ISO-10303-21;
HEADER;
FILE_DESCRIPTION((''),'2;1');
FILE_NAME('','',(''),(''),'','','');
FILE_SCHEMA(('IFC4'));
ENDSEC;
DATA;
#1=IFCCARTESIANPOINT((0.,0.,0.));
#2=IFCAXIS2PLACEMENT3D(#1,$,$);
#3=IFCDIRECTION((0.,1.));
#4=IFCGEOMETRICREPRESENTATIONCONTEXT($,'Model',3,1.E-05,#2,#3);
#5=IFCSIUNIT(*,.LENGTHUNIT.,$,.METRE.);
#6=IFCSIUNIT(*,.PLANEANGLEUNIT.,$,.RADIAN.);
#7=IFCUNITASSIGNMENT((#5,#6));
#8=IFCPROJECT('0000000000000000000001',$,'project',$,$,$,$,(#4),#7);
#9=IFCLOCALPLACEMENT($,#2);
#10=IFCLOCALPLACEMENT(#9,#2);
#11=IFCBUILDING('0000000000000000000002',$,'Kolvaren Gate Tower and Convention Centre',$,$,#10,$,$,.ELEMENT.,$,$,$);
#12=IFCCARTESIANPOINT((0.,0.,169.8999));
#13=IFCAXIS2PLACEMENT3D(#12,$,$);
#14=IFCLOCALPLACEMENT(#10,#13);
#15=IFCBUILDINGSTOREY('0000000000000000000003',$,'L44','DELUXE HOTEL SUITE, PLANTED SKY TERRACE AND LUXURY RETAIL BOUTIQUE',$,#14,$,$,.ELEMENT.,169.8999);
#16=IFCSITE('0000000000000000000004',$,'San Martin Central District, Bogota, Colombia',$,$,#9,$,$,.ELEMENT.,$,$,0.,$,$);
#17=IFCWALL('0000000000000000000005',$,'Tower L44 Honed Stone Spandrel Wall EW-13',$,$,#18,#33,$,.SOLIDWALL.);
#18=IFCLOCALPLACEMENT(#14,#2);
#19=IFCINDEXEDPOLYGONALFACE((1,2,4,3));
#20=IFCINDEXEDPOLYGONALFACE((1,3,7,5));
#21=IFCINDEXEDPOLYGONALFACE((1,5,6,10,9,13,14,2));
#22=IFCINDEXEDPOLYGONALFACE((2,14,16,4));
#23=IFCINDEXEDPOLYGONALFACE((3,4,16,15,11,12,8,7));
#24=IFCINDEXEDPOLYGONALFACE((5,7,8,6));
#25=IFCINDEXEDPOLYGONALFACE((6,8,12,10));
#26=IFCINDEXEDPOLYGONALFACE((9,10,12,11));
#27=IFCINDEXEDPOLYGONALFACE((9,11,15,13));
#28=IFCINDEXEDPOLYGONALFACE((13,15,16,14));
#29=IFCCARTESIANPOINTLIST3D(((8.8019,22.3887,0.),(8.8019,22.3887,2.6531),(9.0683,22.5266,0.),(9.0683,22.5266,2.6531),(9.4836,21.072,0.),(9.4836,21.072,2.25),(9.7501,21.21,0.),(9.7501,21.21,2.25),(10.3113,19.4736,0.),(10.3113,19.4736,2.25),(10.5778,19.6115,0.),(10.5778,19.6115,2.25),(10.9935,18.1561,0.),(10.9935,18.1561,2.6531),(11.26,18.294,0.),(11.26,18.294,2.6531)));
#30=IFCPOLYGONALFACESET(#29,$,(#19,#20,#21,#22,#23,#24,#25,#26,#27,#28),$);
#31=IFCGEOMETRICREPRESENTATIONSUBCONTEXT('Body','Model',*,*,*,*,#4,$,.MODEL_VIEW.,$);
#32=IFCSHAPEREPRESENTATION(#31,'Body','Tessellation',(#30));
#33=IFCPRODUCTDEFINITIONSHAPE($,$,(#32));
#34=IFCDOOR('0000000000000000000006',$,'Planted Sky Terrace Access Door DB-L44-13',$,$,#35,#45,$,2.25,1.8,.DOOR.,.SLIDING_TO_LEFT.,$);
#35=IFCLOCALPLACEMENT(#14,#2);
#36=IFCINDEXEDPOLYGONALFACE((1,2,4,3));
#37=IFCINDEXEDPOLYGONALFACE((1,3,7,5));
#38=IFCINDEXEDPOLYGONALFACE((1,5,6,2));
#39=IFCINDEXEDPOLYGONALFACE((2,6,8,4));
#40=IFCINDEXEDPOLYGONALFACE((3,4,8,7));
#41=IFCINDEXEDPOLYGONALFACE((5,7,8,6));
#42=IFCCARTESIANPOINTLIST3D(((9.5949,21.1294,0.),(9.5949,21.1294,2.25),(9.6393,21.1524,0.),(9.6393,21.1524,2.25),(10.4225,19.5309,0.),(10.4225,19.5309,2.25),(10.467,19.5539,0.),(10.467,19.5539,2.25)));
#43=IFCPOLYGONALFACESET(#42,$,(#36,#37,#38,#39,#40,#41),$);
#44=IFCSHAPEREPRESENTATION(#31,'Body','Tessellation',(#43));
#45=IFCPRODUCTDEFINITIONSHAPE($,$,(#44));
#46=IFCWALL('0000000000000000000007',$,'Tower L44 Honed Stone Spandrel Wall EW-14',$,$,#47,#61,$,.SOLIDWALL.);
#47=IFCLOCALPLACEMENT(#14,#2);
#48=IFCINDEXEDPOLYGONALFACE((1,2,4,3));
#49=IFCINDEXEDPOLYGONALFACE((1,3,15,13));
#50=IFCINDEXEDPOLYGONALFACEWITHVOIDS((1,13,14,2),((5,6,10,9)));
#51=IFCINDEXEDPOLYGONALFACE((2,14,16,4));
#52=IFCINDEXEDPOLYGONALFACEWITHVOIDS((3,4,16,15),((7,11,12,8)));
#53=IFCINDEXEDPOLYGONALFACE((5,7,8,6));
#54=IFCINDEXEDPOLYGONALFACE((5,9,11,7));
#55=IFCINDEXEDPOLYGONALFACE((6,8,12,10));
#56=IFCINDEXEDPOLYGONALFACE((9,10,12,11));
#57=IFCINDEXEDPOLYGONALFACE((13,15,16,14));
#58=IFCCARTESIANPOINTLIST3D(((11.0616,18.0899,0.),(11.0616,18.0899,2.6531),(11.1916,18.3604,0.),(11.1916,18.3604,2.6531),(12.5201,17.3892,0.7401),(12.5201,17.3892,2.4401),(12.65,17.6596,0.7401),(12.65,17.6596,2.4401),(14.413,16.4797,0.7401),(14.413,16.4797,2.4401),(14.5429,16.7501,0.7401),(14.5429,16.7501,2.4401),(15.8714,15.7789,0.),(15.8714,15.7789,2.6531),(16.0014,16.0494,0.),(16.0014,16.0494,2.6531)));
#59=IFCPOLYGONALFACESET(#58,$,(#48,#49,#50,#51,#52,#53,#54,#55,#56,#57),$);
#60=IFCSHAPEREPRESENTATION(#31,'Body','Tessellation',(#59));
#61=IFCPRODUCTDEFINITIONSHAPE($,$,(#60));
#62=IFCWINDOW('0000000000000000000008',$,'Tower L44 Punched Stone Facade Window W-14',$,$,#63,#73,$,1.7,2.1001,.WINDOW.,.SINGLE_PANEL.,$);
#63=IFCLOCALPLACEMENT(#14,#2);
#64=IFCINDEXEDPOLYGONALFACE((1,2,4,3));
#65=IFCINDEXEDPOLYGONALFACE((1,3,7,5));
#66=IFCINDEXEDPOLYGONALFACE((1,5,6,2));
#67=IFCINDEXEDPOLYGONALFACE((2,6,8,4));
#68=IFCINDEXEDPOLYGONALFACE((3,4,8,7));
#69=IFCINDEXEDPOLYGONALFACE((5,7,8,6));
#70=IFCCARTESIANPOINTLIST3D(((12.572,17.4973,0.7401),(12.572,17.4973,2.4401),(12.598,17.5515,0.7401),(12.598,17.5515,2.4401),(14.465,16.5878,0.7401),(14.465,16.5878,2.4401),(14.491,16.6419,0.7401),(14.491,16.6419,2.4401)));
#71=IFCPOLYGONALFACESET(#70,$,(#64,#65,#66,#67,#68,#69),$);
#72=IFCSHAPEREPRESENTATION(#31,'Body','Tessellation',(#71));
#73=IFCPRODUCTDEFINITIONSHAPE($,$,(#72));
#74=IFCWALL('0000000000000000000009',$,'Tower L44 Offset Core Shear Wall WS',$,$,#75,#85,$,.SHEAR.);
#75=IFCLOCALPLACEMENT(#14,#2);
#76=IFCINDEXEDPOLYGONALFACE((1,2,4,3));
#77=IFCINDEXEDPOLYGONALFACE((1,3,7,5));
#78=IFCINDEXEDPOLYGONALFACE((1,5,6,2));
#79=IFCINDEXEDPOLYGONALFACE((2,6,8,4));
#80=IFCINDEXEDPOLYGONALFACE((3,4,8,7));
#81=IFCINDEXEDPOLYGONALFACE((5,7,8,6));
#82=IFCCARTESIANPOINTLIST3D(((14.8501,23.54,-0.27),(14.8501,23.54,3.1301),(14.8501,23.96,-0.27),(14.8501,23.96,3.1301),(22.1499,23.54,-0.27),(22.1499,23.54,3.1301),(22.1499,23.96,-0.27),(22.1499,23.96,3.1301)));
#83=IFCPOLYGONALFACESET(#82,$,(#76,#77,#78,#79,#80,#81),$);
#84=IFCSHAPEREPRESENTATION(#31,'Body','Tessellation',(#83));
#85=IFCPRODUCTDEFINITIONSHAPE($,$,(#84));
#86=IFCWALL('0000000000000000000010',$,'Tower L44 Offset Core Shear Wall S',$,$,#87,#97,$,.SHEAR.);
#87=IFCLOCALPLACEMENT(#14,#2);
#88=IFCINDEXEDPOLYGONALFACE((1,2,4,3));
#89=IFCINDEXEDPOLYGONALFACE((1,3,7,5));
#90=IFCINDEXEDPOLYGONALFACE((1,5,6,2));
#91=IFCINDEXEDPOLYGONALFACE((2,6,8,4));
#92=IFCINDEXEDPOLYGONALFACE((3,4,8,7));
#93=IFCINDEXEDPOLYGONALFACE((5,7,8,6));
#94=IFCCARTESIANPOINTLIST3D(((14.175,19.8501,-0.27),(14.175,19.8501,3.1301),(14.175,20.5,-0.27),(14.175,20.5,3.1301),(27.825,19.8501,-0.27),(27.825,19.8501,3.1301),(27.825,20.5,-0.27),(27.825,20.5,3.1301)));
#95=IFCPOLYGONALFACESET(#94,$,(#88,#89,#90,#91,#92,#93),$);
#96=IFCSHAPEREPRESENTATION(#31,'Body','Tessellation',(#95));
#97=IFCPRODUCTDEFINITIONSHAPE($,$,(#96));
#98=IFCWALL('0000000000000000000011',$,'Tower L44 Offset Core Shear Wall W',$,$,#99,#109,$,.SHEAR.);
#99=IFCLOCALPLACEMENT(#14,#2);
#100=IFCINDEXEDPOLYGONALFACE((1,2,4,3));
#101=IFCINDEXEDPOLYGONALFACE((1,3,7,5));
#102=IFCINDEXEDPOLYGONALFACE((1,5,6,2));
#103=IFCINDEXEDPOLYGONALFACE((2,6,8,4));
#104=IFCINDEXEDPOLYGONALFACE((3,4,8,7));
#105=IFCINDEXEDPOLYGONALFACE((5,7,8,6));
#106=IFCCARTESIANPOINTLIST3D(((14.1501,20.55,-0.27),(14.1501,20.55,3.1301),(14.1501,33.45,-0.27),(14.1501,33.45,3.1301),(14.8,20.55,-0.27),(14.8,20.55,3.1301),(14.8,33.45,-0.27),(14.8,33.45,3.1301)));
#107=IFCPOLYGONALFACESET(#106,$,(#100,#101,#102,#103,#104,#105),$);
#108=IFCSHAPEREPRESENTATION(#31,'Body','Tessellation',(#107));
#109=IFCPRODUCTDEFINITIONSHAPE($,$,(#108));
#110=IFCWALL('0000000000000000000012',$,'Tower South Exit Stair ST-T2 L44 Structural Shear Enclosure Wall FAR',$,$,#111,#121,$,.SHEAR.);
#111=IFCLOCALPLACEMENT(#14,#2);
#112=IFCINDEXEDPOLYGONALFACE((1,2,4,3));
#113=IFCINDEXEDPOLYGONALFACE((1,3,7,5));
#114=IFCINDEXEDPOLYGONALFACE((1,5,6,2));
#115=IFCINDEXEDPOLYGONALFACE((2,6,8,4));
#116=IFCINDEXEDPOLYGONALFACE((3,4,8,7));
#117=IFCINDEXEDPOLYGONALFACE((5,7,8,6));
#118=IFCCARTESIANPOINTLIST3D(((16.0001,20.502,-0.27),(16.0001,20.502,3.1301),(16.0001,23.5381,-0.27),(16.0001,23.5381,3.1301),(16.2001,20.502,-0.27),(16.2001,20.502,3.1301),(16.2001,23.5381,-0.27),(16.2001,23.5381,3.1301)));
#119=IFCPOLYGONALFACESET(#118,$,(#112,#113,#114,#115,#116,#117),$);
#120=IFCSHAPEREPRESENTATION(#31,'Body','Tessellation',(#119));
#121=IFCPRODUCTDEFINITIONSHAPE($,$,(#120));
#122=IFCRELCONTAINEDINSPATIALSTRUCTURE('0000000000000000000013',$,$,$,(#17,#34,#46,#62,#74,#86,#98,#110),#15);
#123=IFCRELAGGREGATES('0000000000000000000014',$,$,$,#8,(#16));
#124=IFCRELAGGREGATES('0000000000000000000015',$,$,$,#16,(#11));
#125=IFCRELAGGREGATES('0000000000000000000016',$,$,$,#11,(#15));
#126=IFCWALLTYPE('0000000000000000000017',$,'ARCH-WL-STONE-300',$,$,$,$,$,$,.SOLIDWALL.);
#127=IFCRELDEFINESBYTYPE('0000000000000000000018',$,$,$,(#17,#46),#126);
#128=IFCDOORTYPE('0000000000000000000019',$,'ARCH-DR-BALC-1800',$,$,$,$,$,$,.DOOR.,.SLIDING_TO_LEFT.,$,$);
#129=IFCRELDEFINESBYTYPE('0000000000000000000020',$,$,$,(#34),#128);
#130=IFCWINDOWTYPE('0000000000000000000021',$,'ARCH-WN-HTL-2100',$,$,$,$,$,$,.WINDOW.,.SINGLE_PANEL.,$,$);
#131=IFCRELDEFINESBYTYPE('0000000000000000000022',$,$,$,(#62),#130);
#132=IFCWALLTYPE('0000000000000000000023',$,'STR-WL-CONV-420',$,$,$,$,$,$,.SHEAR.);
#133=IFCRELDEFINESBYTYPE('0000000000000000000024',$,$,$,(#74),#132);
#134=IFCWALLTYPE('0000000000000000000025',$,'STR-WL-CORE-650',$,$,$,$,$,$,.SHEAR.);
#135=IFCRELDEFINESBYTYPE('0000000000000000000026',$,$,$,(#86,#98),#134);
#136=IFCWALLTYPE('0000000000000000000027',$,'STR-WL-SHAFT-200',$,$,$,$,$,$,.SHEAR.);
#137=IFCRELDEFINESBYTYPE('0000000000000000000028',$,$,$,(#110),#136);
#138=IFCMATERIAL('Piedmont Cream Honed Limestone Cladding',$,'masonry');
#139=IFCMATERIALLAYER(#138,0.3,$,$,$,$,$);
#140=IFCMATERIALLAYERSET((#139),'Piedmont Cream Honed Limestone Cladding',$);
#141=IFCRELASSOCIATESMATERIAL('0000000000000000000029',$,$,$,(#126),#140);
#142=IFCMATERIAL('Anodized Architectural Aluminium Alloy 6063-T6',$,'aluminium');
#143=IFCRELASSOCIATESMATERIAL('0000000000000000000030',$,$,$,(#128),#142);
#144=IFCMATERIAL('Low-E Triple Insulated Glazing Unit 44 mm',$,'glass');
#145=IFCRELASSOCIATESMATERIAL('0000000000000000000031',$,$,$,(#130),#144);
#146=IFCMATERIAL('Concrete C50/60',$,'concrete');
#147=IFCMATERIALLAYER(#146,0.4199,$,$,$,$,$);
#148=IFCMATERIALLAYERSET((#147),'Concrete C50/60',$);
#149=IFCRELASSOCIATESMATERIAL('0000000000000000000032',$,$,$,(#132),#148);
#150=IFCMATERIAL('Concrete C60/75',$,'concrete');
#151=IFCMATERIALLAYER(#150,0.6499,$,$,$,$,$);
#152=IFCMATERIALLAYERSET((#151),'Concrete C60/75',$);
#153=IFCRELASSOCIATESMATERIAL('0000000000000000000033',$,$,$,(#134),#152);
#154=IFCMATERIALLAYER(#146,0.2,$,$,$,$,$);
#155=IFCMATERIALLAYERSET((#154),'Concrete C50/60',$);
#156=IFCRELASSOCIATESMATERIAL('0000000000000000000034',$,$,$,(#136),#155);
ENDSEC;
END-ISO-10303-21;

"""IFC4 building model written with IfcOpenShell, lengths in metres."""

from ifc_helpers import new_model, si_unit, direction, frame, frame_2d, origin, place, context, subcontext, project, spatial, rectangle, extrude, material, layer, layer_set, type_object, element, fill, save


model = new_model("IFC4")

# Units and contexts
model_context = context("Model", 3, precision=1e-05, world=origin(), true_north=direction((0.0, 1.0)))
body_context = subcontext(model_context, "Body", "Model", "MODEL_VIEW")
ifc_project = project(units=[si_unit("LENGTHUNIT", "METRE"), si_unit("PLANEANGLEUNIT", "RADIAN")], contexts=[model_context])

# Site, building, storey
site_placement = place(None, origin())
site = spatial("IfcSite", under=ifc_project, at=site_placement, Name="San Martin Central District, Bogota, Colombia", CompositionType="ELEMENT", RefElevation=0.0)
building_placement = place(site_placement, origin())
building = spatial("IfcBuilding", under=site, at=building_placement, Name="Kolvaren Gate Tower and Convention Centre", CompositionType="ELEMENT")
storey_placement = place(building_placement, frame((0.0, 0.0, 169.8999)))
storey = spatial("IfcBuildingStorey", under=building, at=storey_placement, Name="L44", Description="DELUXE HOTEL SUITE, PLANTED SKY TERRACE AND LUXURY RETAIL BOUTIQUE", CompositionType="ELEMENT", Elevation=169.8999)

# Shared definitions
ifc_material_1 = material(Name="Concrete C60/75", Category="concrete")

# Shared definitions
ifc_material_2 = material(Name="Anodized Architectural Aluminium Alloy 6063-T6", Category="aluminium")

# Shared definitions
ifc_material_3 = material(Name="Low-E Triple Insulated Glazing Unit 44 mm", Category="glass")

# Shared definitions
ifc_material_4 = material(Name="Piedmont Cream Honed Limestone Cladding", Category="masonry")

# Wall, opening, door
ifc_layer_1 = layer(ifc_material_4, 0.3)
ifc_layer_set_1 = layer_set([ifc_layer_1], Name="Piedmont Cream Honed Limestone Cladding")
wall_type_1 = type_object("IfcWallType", Name="ARCH-WL-STONE-300", PredefinedType="SOLIDWALL", material=ifc_layer_set_1)
wall_1_placement = place(storey_placement, frame((8.9351, 22.4578, 0.0), z_axis=(0.0, 0.0, 1.0), x_axis=(0.45981, -0.888017, 0.0)))
wall_1 = element("IfcWall", 1, at=wall_1_placement, inside=storey, type_object=wall_type_1, Name="Tower L44 Honed Stone Spandrel Wall EW-13", PredefinedType="SOLIDWALL", context=body_context, shape_type="SweptSolid", body=[
    extrude(rectangle(XDim=4.7664, YDim=0.3, at=frame_2d((2.3833, 0.0))), origin(), (0.0, 0.0, 1.0), 2.6531),
])
opening_1_placement = place(wall_1_placement, frame((1.4829, 0.0, 0.0)))
opening_1 = element("IfcOpeningElement", 2, at=opening_1_placement, cuts=wall_1, PredefinedType="OPENING", context=body_context, shape_type="SweptSolid", body=[
    extrude(rectangle(XDim=1.8, YDim=2.25, at=frame_2d((0.8999, 1.125))), frame((0.0, 0.1599, 0.0), z_axis=(0.0, -1.0, 0.0), x_axis=(1.0, 0.0, 0.0)), (0.0, 0.0, 1.0), 0.3201),
])
door_type = type_object("IfcDoorType", Name="ARCH-DR-BALC-1800", OperationType="SLIDING_TO_LEFT", PredefinedType="DOOR", material=ifc_material_2)
door_placement = place(opening_1_placement, frame((1.8, 0.0, 0.0), z_axis=(0.0, 0.0, 1.0), x_axis=(-1.0, 0.0, 0.0)))
door = element("IfcDoor", 3, at=door_placement, inside=storey, type_object=door_type, Name="Planted Sky Terrace Access Door DB-L44-13", OperationType="SLIDING_TO_LEFT", OverallHeight=2.25, OverallWidth=1.8, PredefinedType="DOOR", context=body_context, shape_type="SweptSolid", body=[
    extrude(rectangle(XDim=1.8, YDim=2.25, at=frame_2d((0.8999, 1.125))), frame((0.0, 0.0249, 0.0), z_axis=(0.0, -1.0, 0.0), x_axis=(1.0, 0.0, 0.0)), (0.0, 0.0, 1.0), 0.05),
])
fill(opening_1, door)

# Wall, opening, window
wall_2_placement = place(storey_placement, frame((11.1267, 18.2251, 0.0), z_axis=(0.0, 0.0, 1.0), x_axis=(0.901353, -0.433085, 0.0)))
wall_2 = element("IfcWall", 4, at=wall_2_placement, inside=storey, type_object=wall_type_1, Name="Tower L44 Honed Stone Spandrel Wall EW-14", PredefinedType="SOLIDWALL", context=body_context, shape_type="SweptSolid", body=[
    extrude(rectangle(XDim=5.3362, YDim=0.3, at=frame_2d((2.668, 0.0))), origin(), (0.0, 0.0, 1.0), 2.6531),
])
opening_2_placement = place(wall_2_placement, frame((1.6179, 0.0, 0.74)))
opening_2 = element("IfcOpeningElement", 5, at=opening_2_placement, cuts=wall_2, PredefinedType="OPENING", context=body_context, shape_type="SweptSolid", body=[
    extrude(rectangle(XDim=2.1001, YDim=1.7, at=frame_2d((1.05, 0.8501))), frame((0.0, 0.1599, 0.0), z_axis=(0.0, -1.0, 0.0), x_axis=(1.0, 0.0, 0.0)), (0.0, 0.0, 1.0), 0.3201),
])
window_type = type_object("IfcWindowType", Name="ARCH-WN-HTL-2100", PartitioningType="SINGLE_PANEL", PredefinedType="WINDOW", material=ifc_material_3)
window_placement = place(opening_2_placement, origin())
window = element("IfcWindow", 6, at=window_placement, inside=storey, type_object=window_type, Name="Tower L44 Punched Stone Facade Window W-14", OverallHeight=1.7, OverallWidth=2.1001, PartitioningType="SINGLE_PANEL", PredefinedType="WINDOW", context=body_context, shape_type="SweptSolid", body=[
    extrude(rectangle(XDim=2.1001, YDim=1.7, at=frame_2d((1.05, 0.8501))), frame((0.0, 0.03, 0.0), z_axis=(0.0, -1.0, 0.0), x_axis=(1.0, 0.0, 0.0)), (0.0, 0.0, 1.0), 0.0601),
])
fill(opening_2, window)

# Walls
ifc_material_5 = material(Name="Concrete C50/60", Category="concrete")
ifc_layer_2 = layer(ifc_material_5, 0.4199)
ifc_layer_set_2 = layer_set([ifc_layer_2], Name="Concrete C50/60")
wall_type_2 = type_object("IfcWallType", Name="STR-WL-CONV-420", PredefinedType="SHEAR", material=ifc_layer_set_2)
wall_3_placement = place(storey_placement, frame((14.8501, 23.75, -0.27), z_axis=(0.0, 0.0, 1.0), x_axis=(1.0, 0.0, 0.0)))
element("IfcWall", 7, at=wall_3_placement, inside=storey, type_object=wall_type_2, Name="Tower L44 Offset Core Shear Wall WS", PredefinedType="SHEAR", context=body_context, shape_type="SweptSolid", body=[
    extrude(rectangle(XDim=7.2998, YDim=0.4199, at=frame_2d((3.6499, 0.0))), origin(), (0.0, 0.0, 1.0), 3.4001),
])
ifc_layer_3 = layer(ifc_material_1, 0.6499)
ifc_layer_set_3 = layer_set([ifc_layer_3], Name="Concrete C60/75")
wall_type_3 = type_object("IfcWallType", Name="STR-WL-CORE-650", PredefinedType="SHEAR", material=ifc_layer_set_3)
wall_4_placement = place(storey_placement, frame((14.175, 20.175, -0.27), z_axis=(0.0, 0.0, 1.0), x_axis=(1.0, 0.0, 0.0)))
element("IfcWall", 8, at=wall_4_placement, inside=storey, type_object=wall_type_3, Name="Tower L44 Offset Core Shear Wall S", PredefinedType="SHEAR", context=body_context, shape_type="SweptSolid", body=[
    extrude(rectangle(XDim=13.6499, YDim=0.6499, at=frame_2d((6.825, 0.0))), origin(), (0.0, 0.0, 1.0), 3.4001),
])
wall_5_placement = place(storey_placement, frame((14.4751, 20.55, -0.27), z_axis=(0.0, 0.0, 1.0), x_axis=(0.0, 1.0, 0.0)))
element("IfcWall", 9, at=wall_5_placement, inside=storey, type_object=wall_type_3, Name="Tower L44 Offset Core Shear Wall W", PredefinedType="SHEAR", context=body_context, shape_type="SweptSolid", body=[
    extrude(rectangle(XDim=12.8999, YDim=0.6499, at=frame_2d((6.45, 0.0))), origin(), (0.0, 0.0, 1.0), 3.4001),
])
ifc_layer_4 = layer(ifc_material_5, 0.2)
ifc_layer_set_4 = layer_set([ifc_layer_4], Name="Concrete C50/60")
wall_type_4 = type_object("IfcWallType", Name="STR-WL-SHAFT-200", PredefinedType="SHEAR", material=ifc_layer_set_4)
wall_6_placement = place(storey_placement, frame((16.1001, 20.502, -0.27), z_axis=(0.0, 0.0, 1.0), x_axis=(0.0, 1.0, 0.0)))
element("IfcWall", 10, at=wall_6_placement, inside=storey, type_object=wall_type_4, Name="Tower South Exit Stair ST-T2 L44 Structural Shear Enclosure Wall FAR", PredefinedType="SHEAR", context=body_context, shape_type="SweptSolid", body=[
    extrude(rectangle(XDim=3.0361, YDim=0.2, at=frame_2d((1.5181, 0.0))), origin(), (0.0, 0.0, 1.0), 3.4001),
])

save(model, "model.ifc")
